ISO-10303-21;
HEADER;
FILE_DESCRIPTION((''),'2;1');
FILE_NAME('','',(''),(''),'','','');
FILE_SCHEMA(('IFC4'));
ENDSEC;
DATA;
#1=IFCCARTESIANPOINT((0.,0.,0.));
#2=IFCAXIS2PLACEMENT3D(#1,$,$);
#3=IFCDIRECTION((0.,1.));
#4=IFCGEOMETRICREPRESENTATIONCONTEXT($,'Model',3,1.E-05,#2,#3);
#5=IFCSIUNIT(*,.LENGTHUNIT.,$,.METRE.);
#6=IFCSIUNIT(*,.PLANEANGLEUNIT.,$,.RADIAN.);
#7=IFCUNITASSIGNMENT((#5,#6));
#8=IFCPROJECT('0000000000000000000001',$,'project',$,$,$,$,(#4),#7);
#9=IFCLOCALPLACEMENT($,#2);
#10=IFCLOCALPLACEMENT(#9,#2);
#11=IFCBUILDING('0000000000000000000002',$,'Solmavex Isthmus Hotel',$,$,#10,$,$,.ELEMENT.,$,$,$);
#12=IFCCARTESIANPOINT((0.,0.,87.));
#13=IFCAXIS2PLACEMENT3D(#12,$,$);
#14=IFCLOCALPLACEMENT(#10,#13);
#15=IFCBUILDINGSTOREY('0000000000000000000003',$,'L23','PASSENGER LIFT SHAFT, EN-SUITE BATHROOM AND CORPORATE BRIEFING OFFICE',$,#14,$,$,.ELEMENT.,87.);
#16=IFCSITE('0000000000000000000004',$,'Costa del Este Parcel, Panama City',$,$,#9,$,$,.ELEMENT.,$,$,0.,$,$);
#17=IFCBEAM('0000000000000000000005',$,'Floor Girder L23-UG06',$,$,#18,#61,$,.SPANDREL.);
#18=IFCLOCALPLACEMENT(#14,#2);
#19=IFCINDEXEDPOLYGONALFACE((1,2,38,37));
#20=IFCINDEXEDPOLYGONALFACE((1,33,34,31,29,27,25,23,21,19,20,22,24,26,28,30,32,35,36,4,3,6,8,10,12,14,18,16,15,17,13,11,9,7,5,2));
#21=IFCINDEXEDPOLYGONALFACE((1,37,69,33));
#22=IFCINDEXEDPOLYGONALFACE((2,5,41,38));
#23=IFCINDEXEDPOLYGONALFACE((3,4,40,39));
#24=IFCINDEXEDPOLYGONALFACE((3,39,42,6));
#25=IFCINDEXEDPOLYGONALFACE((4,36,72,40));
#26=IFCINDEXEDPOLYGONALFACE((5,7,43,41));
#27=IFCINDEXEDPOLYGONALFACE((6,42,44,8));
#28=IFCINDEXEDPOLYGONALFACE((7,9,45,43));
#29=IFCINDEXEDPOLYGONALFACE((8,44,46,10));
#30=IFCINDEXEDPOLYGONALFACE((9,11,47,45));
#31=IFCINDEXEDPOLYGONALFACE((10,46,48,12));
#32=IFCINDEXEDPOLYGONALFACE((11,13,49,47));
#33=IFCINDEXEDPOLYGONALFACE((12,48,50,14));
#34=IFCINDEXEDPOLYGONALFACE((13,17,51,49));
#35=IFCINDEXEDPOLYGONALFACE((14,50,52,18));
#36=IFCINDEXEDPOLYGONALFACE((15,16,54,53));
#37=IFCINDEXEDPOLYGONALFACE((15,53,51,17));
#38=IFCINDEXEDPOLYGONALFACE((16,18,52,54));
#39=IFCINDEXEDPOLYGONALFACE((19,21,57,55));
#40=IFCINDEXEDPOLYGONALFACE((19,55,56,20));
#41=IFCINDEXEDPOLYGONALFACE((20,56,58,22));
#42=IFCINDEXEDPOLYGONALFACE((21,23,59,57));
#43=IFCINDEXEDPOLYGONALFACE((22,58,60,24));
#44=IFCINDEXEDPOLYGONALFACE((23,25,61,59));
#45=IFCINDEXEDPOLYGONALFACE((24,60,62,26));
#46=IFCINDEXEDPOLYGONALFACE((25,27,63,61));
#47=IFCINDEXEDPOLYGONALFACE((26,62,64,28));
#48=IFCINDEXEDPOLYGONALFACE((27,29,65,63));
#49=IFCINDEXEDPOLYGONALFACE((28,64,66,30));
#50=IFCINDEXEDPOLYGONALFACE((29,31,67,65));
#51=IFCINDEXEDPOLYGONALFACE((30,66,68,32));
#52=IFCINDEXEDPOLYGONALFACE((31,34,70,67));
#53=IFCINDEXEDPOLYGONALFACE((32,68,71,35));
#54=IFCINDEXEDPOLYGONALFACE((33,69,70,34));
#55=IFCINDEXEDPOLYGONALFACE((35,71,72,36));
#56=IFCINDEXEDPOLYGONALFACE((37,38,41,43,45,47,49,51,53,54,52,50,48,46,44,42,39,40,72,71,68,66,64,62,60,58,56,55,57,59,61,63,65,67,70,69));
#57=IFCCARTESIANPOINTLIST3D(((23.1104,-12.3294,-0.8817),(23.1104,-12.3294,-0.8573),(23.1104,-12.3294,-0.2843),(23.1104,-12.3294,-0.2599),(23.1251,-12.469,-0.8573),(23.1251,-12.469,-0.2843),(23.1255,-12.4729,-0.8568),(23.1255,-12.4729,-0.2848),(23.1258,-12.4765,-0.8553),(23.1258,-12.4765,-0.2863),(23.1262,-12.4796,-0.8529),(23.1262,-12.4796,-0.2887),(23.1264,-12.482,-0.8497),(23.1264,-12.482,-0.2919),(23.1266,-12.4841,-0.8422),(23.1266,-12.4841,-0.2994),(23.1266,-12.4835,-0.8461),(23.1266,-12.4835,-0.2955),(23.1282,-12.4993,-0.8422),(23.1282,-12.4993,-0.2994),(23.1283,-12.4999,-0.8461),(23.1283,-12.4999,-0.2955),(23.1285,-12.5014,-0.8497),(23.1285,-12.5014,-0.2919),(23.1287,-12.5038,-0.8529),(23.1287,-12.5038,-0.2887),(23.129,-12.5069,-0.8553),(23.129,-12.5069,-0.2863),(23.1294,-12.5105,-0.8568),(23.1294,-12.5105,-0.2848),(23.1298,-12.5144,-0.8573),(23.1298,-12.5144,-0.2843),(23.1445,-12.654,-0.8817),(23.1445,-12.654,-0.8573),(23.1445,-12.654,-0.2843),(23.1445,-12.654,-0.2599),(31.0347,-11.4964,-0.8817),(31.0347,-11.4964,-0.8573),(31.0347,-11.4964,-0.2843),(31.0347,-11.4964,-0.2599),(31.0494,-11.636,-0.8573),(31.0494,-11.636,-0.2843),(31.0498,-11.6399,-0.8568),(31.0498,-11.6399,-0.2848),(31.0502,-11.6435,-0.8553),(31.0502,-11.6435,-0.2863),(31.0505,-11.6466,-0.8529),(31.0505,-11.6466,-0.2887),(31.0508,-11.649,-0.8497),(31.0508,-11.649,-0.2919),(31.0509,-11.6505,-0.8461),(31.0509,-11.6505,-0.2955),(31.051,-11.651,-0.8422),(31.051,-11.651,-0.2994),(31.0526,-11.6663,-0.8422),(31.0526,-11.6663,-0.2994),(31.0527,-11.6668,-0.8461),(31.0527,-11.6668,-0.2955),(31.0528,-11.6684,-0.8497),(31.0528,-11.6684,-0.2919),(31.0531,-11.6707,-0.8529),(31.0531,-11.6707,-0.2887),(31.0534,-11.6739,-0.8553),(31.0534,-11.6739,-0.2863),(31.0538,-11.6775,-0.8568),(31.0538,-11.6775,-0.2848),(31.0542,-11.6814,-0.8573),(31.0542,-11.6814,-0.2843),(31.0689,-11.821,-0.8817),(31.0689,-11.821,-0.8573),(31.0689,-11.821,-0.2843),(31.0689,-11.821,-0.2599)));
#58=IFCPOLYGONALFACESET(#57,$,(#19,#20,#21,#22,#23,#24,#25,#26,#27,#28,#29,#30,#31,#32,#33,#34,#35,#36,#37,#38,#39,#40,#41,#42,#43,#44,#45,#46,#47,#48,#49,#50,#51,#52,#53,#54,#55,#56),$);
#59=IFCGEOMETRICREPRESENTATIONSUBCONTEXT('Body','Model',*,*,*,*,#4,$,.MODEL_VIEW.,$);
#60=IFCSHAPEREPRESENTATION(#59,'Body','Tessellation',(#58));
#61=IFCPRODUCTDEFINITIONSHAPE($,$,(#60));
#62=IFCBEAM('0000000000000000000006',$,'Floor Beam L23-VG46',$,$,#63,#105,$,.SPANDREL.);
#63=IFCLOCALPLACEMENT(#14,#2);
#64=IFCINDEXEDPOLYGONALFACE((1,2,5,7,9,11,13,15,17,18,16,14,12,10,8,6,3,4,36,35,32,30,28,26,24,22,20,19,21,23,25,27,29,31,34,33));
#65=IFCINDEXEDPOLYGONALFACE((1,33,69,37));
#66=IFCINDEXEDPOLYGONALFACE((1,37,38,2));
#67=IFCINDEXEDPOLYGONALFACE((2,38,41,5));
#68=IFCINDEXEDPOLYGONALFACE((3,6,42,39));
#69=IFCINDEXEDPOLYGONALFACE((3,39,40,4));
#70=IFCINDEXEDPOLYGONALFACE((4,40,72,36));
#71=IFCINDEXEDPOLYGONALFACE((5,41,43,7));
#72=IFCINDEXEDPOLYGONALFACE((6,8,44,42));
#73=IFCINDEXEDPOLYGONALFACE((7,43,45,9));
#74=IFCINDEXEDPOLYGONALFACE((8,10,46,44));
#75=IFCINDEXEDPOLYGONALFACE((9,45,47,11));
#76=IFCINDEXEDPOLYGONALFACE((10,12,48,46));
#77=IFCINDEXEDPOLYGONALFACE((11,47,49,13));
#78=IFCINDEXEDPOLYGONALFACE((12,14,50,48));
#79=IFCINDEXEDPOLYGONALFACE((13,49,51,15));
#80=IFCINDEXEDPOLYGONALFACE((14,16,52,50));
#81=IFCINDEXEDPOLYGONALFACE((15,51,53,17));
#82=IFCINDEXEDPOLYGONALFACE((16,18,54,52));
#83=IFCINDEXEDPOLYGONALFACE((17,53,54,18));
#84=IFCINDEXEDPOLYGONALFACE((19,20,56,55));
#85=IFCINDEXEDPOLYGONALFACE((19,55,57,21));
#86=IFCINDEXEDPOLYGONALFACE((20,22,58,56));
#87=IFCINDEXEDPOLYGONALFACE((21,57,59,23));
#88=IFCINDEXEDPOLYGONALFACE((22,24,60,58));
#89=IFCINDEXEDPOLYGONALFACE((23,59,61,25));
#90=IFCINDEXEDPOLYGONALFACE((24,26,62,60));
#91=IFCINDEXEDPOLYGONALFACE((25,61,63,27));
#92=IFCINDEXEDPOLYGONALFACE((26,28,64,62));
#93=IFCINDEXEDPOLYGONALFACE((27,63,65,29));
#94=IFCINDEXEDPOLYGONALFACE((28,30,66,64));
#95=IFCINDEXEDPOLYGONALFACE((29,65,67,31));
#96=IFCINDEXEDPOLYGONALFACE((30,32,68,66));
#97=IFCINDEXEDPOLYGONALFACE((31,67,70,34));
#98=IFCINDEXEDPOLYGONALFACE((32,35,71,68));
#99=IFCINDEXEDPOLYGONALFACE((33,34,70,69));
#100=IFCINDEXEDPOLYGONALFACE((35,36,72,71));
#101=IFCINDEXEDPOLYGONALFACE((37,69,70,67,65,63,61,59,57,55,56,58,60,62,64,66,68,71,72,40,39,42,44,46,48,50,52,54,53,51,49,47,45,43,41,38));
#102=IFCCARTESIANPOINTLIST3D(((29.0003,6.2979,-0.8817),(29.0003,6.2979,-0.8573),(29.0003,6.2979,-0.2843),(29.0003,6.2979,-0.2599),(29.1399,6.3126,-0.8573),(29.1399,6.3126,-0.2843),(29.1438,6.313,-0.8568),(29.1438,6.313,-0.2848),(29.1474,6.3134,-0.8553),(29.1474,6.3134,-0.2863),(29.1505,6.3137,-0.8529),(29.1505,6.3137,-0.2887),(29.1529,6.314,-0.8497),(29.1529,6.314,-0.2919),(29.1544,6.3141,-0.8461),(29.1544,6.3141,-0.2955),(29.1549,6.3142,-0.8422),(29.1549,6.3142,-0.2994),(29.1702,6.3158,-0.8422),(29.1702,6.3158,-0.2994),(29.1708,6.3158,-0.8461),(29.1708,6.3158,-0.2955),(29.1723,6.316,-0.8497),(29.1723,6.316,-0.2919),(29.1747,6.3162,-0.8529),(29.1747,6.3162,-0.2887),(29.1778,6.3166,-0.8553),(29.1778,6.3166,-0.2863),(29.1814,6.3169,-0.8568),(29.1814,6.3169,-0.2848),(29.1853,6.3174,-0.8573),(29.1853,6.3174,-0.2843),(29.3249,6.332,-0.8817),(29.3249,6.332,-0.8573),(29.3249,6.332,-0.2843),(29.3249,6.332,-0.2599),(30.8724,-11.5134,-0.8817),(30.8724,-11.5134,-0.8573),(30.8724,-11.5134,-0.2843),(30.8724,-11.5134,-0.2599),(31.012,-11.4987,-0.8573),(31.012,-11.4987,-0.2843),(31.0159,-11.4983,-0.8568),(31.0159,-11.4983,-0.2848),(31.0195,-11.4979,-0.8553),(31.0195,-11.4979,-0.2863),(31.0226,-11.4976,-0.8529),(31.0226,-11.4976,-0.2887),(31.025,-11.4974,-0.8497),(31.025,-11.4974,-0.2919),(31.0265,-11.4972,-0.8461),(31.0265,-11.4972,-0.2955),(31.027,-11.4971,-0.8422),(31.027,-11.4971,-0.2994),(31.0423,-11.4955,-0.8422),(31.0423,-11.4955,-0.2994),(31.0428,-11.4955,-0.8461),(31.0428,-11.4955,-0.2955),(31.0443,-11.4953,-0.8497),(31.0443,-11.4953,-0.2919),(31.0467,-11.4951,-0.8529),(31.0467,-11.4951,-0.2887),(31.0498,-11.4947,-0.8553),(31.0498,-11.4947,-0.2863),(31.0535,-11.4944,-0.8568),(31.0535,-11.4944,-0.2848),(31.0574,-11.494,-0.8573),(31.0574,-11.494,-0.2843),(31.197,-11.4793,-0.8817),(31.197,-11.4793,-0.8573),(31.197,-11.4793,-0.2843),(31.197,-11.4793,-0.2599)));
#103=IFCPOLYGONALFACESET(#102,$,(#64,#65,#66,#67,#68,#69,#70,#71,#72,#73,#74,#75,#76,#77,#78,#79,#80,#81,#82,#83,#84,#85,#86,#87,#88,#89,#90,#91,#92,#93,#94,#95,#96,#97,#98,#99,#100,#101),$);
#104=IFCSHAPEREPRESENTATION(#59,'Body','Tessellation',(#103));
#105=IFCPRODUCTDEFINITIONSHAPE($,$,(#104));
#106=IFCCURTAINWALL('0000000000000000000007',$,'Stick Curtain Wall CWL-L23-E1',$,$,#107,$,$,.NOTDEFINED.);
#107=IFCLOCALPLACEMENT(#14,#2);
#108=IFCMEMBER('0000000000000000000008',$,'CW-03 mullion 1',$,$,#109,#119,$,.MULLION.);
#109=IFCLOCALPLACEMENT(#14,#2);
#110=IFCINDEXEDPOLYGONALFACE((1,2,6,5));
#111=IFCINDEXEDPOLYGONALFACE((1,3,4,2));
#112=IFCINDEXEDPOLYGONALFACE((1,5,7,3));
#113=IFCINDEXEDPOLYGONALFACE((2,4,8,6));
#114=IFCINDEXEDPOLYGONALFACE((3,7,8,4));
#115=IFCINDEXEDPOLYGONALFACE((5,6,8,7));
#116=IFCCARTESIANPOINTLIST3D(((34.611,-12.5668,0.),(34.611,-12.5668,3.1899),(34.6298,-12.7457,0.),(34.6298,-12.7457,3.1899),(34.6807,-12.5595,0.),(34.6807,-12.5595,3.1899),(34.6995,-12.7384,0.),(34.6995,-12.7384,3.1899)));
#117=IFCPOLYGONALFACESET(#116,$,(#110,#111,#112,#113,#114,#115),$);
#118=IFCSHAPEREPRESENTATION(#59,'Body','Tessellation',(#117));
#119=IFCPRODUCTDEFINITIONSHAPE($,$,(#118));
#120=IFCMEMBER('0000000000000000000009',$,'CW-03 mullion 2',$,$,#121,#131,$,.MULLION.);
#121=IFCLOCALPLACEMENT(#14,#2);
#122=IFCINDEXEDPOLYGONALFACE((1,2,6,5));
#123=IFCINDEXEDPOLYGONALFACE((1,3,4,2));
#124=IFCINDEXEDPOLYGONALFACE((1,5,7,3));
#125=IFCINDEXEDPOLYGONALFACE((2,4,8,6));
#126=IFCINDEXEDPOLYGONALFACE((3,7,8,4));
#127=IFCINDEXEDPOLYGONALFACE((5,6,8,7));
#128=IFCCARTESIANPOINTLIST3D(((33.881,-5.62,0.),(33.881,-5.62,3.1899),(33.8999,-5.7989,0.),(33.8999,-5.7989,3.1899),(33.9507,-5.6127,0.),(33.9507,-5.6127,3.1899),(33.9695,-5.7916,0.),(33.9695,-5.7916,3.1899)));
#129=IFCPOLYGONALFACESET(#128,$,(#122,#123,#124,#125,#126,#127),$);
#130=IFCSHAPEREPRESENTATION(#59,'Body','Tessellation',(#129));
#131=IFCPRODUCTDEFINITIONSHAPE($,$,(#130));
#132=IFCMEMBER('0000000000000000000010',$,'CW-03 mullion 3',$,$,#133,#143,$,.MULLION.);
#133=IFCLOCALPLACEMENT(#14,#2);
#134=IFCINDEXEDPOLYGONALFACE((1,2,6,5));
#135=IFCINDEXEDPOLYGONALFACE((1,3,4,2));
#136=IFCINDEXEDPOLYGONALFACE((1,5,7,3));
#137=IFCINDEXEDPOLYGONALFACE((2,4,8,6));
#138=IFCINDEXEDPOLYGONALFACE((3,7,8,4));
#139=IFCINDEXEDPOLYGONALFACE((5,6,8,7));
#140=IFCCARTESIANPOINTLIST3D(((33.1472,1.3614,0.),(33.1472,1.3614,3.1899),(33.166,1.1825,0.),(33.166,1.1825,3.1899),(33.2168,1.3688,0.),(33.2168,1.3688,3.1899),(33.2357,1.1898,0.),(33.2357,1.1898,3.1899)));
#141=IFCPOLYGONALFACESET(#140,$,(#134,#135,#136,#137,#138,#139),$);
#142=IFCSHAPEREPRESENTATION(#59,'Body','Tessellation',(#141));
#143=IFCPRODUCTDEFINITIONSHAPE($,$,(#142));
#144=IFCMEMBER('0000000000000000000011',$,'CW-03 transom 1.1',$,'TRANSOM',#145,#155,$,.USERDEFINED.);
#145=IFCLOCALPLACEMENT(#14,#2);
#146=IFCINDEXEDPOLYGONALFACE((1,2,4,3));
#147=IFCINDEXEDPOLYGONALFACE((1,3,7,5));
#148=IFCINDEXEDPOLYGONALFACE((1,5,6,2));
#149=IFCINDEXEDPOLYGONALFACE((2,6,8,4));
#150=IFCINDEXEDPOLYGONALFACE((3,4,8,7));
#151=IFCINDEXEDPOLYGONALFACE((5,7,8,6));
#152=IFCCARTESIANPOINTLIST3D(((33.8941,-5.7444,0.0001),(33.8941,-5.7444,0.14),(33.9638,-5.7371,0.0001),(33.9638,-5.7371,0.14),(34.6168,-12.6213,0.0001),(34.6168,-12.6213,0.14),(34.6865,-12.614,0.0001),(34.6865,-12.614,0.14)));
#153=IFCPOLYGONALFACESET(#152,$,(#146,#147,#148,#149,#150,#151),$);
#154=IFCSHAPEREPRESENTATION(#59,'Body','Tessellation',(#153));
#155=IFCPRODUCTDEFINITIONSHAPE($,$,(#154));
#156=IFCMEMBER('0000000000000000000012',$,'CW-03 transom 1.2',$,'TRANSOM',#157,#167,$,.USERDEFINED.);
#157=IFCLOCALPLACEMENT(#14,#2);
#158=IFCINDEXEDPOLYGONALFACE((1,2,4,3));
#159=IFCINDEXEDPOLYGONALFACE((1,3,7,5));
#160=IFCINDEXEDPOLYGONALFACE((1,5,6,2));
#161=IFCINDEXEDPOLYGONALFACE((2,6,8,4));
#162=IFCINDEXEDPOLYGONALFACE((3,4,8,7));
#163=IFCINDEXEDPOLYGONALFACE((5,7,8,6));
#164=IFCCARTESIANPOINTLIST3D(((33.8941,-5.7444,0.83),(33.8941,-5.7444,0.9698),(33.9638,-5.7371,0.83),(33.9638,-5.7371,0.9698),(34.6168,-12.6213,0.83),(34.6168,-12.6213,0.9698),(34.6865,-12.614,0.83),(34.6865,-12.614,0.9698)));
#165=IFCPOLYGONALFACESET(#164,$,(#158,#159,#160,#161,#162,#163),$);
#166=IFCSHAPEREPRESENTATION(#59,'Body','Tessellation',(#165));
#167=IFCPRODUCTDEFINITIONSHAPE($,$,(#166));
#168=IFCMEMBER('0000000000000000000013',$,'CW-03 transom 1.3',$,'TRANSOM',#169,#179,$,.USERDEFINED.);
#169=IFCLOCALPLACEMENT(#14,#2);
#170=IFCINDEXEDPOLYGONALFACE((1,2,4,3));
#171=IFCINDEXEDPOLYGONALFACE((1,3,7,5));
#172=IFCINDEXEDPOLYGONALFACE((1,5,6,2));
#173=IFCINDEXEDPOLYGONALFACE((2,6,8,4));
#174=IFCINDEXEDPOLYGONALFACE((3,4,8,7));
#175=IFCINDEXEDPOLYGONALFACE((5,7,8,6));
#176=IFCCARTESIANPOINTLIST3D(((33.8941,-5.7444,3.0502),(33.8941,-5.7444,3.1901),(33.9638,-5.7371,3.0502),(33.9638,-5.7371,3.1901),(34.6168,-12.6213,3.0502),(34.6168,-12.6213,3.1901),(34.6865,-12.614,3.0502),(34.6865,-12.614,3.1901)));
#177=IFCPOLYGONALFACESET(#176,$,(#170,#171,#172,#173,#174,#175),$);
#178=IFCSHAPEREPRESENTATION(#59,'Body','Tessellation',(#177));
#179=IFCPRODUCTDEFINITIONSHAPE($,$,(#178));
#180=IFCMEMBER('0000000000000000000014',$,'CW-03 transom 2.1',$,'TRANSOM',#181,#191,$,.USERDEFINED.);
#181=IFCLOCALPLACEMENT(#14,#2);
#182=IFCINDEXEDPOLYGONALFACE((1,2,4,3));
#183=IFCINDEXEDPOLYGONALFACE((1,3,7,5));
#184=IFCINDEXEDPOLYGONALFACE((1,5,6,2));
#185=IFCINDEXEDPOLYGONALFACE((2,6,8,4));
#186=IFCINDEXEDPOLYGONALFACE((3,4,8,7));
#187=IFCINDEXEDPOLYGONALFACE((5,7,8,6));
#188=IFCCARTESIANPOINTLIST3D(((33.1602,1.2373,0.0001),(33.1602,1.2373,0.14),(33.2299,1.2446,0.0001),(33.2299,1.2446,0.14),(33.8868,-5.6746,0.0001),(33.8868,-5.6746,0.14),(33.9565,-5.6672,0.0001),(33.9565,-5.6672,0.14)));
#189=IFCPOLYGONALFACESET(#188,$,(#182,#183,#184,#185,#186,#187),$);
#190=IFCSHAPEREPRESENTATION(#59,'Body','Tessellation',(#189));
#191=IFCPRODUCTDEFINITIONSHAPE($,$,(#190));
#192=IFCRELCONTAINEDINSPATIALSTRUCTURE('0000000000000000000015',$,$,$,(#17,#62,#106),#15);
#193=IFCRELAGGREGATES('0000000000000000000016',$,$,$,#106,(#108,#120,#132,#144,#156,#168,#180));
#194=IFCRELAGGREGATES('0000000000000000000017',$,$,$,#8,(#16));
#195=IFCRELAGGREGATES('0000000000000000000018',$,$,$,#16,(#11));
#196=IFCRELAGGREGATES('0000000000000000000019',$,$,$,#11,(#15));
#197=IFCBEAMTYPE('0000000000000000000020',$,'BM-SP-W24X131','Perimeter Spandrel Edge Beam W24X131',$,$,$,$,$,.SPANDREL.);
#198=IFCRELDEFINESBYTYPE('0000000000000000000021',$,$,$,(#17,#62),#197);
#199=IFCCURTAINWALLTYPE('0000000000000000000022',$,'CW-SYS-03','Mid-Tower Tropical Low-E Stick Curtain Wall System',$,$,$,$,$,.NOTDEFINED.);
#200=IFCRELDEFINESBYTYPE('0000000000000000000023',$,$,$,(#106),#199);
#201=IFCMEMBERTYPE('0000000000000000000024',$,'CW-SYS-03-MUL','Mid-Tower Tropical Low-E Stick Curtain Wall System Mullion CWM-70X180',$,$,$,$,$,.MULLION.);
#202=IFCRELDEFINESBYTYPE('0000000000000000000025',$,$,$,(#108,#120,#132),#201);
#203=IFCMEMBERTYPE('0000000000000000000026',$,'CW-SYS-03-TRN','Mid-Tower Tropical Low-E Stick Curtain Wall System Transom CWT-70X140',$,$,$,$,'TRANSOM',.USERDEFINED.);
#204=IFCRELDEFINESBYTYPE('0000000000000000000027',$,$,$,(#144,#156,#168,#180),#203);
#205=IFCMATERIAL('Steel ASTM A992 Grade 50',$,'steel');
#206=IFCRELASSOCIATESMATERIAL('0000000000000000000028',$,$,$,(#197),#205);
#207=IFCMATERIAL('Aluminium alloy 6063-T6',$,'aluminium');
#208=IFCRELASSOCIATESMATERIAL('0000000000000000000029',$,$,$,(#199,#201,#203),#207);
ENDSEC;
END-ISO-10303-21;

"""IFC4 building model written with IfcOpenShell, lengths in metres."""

from ifc_helpers import new_model, si_unit, direction, frame, origin, origin_2d, place, context, subcontext, project, spatial, rectangle, i_section, extrude, material, material_profile, profile_set, type_object, element, aggregate, save


model = new_model("IFC4")

# Units and contexts
model_context = context("Model", 3, precision=1e-05, world=origin(), true_north=direction((0.0, 1.0)))
body_context = subcontext(model_context, "Body", "Model", "MODEL_VIEW")
ifc_project = project(units=[si_unit("LENGTHUNIT", "METRE"), si_unit("PLANEANGLEUNIT", "RADIAN")], contexts=[model_context])

# Site, building, storey
site_placement = place(None, origin())
site = spatial("IfcSite", under=ifc_project, at=site_placement, Name="Costa del Este Parcel, Panama City", CompositionType="ELEMENT", RefElevation=0.0)
building_placement = place(site_placement, origin())
building = spatial("IfcBuilding", under=site, at=building_placement, Name="Solmavex Isthmus Hotel", CompositionType="ELEMENT")
storey_placement = place(building_placement, frame((0.0, 0.0, 87.0)))
storey = spatial("IfcBuildingStorey", under=building, at=storey_placement, Name="L23", Description="PASSENGER LIFT SHAFT, EN-SUITE BATHROOM AND CORPORATE BRIEFING OFFICE", CompositionType="ELEMENT", Elevation=87.0)

# Beams
ifc_material_1 = material(Name="Steel ASTM A992 Grade 50", Category="steel")
ifc_material_profile_1 = material_profile(ifc_material_1, i_section(OverallWidth=0.3264, OverallDepth=0.6218, WebThickness=0.0154, FlangeThickness=0.0244, FilletRadius=0.0151, at=origin_2d()), Name="W24X131")
ifc_profile_set_1 = profile_set([ifc_material_profile_1], Name="Steel ASTM A992 Grade 50")
beam_type_1 = type_object("IfcBeamType", Name="BM-SP-W24X131", Description="Perimeter Spandrel Edge Beam W24X131", PredefinedType="SPANDREL", material=ifc_profile_set_1)
beam_1_placement = place(storey_placement, frame((23.1274, -12.4917, -0.5708), z_axis=(0.99452, 0.104544, 0.0), x_axis=(-0.104544, 0.99452, 0.0)))
element("IfcBeam", 1, at=beam_1_placement, inside=storey, type_object=beam_type_1, Name="Floor Girder L23-UG06", PredefinedType="SPANDREL", context=body_context, shape_type="SweptSolid", body=[
    extrude(i_section(OverallWidth=0.3264, OverallDepth=0.6218, WebThickness=0.0154, FlangeThickness=0.0244, FilletRadius=0.0151, at=origin_2d()), origin(), (0.0, 0.0, 1.0), 7.968),
])
beam_2_placement = place(storey_placement, frame((31.0347, -11.4963, -0.5708), z_axis=(-0.10453, 0.994522, 0.0), x_axis=(-0.994522, -0.10453, 0.0)))
element("IfcBeam", 2, at=beam_2_placement, inside=storey, type_object=beam_type_1, Name="Floor Beam L23-VG46", PredefinedType="SPANDREL", context=body_context, shape_type="SweptSolid", body=[
    extrude(i_section(OverallWidth=0.3264, OverallDepth=0.6218, WebThickness=0.0154, FlangeThickness=0.0244, FilletRadius=0.0151, at=origin_2d()), origin(), (0.0, 0.0, 1.0), 17.9094),
])

# Curtain wall, members
ifc_material_2 = material(Name="Aluminium alloy 6063-T6", Category="aluminium")
curtain_wall_type = type_object("IfcCurtainWallType", Name="CW-SYS-03", Description="Mid-Tower Tropical Low-E Stick Curtain Wall System", PredefinedType="NOTDEFINED", material=ifc_material_2)
curtain_wall_placement = place(storey_placement, origin())
curtain_wall = element("IfcCurtainWall", 3, at=curtain_wall_placement, inside=storey, type_object=curtain_wall_type, Name="Stick Curtain Wall CWL-L23-E1", PredefinedType="NOTDEFINED")
ifc_material_profile_2 = material_profile(ifc_material_2, rectangle(XDim=0.0701, YDim=0.1799, at=origin_2d()), Name="CWM-70X180")
ifc_profile_set_2 = profile_set([ifc_material_profile_2], Name="Aluminium alloy 6063-T6")
member_type_1 = type_object("IfcMemberType", Name="CW-SYS-03-MUL", Description="Mid-Tower Tropical Low-E Stick Curtain Wall System Mullion CWM-70X180", PredefinedType="MULLION", material=ifc_profile_set_2)
member_1_placement = place(storey_placement, frame((34.6553, -12.6526, 0.0), z_axis=(0.0, 0.0, 1.0), x_axis=(-0.994522, -0.104528, 0.0)))
member_1 = element("IfcMember", 4, at=member_1_placement, type_object=member_type_1, Name="CW-03 mullion 1", PredefinedType="MULLION", context=body_context, shape_type="SweptSolid", body=[
    extrude(rectangle(XDim=0.0701, YDim=0.1799, at=origin_2d()), origin(), (0.0, 0.0, 1.0), 3.1899),
])
member_2_placement = place(storey_placement, frame((33.9253, -5.7058, 0.0), z_axis=(0.0, 0.0, 1.0), x_axis=(-0.994522, -0.104528, 0.0)))
member_2 = element("IfcMember", 5, at=member_2_placement, type_object=member_type_1, Name="CW-03 mullion 2", PredefinedType="MULLION", context=body_context, shape_type="SweptSolid", body=[
    extrude(rectangle(XDim=0.0701, YDim=0.1799, at=origin_2d()), origin(), (0.0, 0.0, 1.0), 3.1899),
])
member_3_placement = place(storey_placement, frame((33.1914, 1.2756, 0.0), z_axis=(0.0, 0.0, 1.0), x_axis=(-0.994522, -0.104528, 0.0)))
member_3 = element("IfcMember", 6, at=member_3_placement, type_object=member_type_1, Name="CW-03 mullion 3", PredefinedType="MULLION", context=body_context, shape_type="SweptSolid", body=[
    extrude(rectangle(XDim=0.0701, YDim=0.1799, at=origin_2d()), origin(), (0.0, 0.0, 1.0), 3.1899),
])
ifc_material_profile_3 = material_profile(ifc_material_2, rectangle(XDim=0.0701, YDim=0.1399, at=origin_2d()), Name="CWT-70X140")
ifc_profile_set_3 = profile_set([ifc_material_profile_3], Name="Aluminium alloy 6063-T6")
member_type_2 = type_object("IfcMemberType", Name="CW-SYS-03-TRN", Description="Mid-Tower Tropical Low-E Stick Curtain Wall System Transom CWT-70X140", ElementType="TRANSOM", PredefinedType="USERDEFINED", material=ifc_profile_set_3)
member_4_placement = place(storey_placement, frame((34.6516, -12.6177, 0.0701), z_axis=(-0.104508, 0.994524, 0.0), x_axis=(-0.994524, -0.104508, 0.0)))
member_4 = element("IfcMember", 7, at=member_4_placement, type_object=member_type_2, Name="CW-03 transom 1.1", ObjectType="TRANSOM", PredefinedType="USERDEFINED", context=body_context, shape_type="SweptSolid", body=[
    extrude(rectangle(XDim=0.0701, YDim=0.1399, at=origin_2d()), origin(), (0.0, 0.0, 1.0), 6.9148),
])
member_5_placement = place(storey_placement, frame((34.6516, -12.6177, 0.8999), z_axis=(-0.104508, 0.994524, 0.0), x_axis=(-0.994524, -0.104508, 0.0)))
member_5 = element("IfcMember", 8, at=member_5_placement, type_object=member_type_2, Name="CW-03 transom 1.2", ObjectType="TRANSOM", PredefinedType="USERDEFINED", context=body_context, shape_type="SweptSolid", body=[
    extrude(rectangle(XDim=0.0701, YDim=0.1399, at=origin_2d()), origin(), (0.0, 0.0, 1.0), 6.9148),
])
member_6_placement = place(storey_placement, frame((34.6516, -12.6177, 3.1201), z_axis=(-0.104508, 0.994524, 0.0), x_axis=(-0.994524, -0.104508, 0.0)))
member_6 = element("IfcMember", 9, at=member_6_placement, type_object=member_type_2, Name="CW-03 transom 1.3", ObjectType="TRANSOM", PredefinedType="USERDEFINED", context=body_context, shape_type="SweptSolid", body=[
    extrude(rectangle(XDim=0.0701, YDim=0.1399, at=origin_2d()), origin(), (0.0, 0.0, 1.0), 6.9148),
])
member_7_placement = place(storey_placement, frame((33.9216, -5.6709, 0.0701), z_axis=(-0.104542, 0.99452, 0.0), x_axis=(-0.99452, -0.104542, 0.0)))
member_7 = element("IfcMember", 10, at=member_7_placement, type_object=member_type_2, Name="CW-03 transom 2.1", ObjectType="TRANSOM", PredefinedType="USERDEFINED", context=body_context, shape_type="SweptSolid", body=[
    extrude(rectangle(XDim=0.0701, YDim=0.1399, at=origin_2d()), origin(), (0.0, 0.0, 1.0), 6.95),
])
aggregate(curtain_wall, [member_1, member_2, member_3, member_4, member_5, member_6, member_7])

save(model, "model.ifc")
